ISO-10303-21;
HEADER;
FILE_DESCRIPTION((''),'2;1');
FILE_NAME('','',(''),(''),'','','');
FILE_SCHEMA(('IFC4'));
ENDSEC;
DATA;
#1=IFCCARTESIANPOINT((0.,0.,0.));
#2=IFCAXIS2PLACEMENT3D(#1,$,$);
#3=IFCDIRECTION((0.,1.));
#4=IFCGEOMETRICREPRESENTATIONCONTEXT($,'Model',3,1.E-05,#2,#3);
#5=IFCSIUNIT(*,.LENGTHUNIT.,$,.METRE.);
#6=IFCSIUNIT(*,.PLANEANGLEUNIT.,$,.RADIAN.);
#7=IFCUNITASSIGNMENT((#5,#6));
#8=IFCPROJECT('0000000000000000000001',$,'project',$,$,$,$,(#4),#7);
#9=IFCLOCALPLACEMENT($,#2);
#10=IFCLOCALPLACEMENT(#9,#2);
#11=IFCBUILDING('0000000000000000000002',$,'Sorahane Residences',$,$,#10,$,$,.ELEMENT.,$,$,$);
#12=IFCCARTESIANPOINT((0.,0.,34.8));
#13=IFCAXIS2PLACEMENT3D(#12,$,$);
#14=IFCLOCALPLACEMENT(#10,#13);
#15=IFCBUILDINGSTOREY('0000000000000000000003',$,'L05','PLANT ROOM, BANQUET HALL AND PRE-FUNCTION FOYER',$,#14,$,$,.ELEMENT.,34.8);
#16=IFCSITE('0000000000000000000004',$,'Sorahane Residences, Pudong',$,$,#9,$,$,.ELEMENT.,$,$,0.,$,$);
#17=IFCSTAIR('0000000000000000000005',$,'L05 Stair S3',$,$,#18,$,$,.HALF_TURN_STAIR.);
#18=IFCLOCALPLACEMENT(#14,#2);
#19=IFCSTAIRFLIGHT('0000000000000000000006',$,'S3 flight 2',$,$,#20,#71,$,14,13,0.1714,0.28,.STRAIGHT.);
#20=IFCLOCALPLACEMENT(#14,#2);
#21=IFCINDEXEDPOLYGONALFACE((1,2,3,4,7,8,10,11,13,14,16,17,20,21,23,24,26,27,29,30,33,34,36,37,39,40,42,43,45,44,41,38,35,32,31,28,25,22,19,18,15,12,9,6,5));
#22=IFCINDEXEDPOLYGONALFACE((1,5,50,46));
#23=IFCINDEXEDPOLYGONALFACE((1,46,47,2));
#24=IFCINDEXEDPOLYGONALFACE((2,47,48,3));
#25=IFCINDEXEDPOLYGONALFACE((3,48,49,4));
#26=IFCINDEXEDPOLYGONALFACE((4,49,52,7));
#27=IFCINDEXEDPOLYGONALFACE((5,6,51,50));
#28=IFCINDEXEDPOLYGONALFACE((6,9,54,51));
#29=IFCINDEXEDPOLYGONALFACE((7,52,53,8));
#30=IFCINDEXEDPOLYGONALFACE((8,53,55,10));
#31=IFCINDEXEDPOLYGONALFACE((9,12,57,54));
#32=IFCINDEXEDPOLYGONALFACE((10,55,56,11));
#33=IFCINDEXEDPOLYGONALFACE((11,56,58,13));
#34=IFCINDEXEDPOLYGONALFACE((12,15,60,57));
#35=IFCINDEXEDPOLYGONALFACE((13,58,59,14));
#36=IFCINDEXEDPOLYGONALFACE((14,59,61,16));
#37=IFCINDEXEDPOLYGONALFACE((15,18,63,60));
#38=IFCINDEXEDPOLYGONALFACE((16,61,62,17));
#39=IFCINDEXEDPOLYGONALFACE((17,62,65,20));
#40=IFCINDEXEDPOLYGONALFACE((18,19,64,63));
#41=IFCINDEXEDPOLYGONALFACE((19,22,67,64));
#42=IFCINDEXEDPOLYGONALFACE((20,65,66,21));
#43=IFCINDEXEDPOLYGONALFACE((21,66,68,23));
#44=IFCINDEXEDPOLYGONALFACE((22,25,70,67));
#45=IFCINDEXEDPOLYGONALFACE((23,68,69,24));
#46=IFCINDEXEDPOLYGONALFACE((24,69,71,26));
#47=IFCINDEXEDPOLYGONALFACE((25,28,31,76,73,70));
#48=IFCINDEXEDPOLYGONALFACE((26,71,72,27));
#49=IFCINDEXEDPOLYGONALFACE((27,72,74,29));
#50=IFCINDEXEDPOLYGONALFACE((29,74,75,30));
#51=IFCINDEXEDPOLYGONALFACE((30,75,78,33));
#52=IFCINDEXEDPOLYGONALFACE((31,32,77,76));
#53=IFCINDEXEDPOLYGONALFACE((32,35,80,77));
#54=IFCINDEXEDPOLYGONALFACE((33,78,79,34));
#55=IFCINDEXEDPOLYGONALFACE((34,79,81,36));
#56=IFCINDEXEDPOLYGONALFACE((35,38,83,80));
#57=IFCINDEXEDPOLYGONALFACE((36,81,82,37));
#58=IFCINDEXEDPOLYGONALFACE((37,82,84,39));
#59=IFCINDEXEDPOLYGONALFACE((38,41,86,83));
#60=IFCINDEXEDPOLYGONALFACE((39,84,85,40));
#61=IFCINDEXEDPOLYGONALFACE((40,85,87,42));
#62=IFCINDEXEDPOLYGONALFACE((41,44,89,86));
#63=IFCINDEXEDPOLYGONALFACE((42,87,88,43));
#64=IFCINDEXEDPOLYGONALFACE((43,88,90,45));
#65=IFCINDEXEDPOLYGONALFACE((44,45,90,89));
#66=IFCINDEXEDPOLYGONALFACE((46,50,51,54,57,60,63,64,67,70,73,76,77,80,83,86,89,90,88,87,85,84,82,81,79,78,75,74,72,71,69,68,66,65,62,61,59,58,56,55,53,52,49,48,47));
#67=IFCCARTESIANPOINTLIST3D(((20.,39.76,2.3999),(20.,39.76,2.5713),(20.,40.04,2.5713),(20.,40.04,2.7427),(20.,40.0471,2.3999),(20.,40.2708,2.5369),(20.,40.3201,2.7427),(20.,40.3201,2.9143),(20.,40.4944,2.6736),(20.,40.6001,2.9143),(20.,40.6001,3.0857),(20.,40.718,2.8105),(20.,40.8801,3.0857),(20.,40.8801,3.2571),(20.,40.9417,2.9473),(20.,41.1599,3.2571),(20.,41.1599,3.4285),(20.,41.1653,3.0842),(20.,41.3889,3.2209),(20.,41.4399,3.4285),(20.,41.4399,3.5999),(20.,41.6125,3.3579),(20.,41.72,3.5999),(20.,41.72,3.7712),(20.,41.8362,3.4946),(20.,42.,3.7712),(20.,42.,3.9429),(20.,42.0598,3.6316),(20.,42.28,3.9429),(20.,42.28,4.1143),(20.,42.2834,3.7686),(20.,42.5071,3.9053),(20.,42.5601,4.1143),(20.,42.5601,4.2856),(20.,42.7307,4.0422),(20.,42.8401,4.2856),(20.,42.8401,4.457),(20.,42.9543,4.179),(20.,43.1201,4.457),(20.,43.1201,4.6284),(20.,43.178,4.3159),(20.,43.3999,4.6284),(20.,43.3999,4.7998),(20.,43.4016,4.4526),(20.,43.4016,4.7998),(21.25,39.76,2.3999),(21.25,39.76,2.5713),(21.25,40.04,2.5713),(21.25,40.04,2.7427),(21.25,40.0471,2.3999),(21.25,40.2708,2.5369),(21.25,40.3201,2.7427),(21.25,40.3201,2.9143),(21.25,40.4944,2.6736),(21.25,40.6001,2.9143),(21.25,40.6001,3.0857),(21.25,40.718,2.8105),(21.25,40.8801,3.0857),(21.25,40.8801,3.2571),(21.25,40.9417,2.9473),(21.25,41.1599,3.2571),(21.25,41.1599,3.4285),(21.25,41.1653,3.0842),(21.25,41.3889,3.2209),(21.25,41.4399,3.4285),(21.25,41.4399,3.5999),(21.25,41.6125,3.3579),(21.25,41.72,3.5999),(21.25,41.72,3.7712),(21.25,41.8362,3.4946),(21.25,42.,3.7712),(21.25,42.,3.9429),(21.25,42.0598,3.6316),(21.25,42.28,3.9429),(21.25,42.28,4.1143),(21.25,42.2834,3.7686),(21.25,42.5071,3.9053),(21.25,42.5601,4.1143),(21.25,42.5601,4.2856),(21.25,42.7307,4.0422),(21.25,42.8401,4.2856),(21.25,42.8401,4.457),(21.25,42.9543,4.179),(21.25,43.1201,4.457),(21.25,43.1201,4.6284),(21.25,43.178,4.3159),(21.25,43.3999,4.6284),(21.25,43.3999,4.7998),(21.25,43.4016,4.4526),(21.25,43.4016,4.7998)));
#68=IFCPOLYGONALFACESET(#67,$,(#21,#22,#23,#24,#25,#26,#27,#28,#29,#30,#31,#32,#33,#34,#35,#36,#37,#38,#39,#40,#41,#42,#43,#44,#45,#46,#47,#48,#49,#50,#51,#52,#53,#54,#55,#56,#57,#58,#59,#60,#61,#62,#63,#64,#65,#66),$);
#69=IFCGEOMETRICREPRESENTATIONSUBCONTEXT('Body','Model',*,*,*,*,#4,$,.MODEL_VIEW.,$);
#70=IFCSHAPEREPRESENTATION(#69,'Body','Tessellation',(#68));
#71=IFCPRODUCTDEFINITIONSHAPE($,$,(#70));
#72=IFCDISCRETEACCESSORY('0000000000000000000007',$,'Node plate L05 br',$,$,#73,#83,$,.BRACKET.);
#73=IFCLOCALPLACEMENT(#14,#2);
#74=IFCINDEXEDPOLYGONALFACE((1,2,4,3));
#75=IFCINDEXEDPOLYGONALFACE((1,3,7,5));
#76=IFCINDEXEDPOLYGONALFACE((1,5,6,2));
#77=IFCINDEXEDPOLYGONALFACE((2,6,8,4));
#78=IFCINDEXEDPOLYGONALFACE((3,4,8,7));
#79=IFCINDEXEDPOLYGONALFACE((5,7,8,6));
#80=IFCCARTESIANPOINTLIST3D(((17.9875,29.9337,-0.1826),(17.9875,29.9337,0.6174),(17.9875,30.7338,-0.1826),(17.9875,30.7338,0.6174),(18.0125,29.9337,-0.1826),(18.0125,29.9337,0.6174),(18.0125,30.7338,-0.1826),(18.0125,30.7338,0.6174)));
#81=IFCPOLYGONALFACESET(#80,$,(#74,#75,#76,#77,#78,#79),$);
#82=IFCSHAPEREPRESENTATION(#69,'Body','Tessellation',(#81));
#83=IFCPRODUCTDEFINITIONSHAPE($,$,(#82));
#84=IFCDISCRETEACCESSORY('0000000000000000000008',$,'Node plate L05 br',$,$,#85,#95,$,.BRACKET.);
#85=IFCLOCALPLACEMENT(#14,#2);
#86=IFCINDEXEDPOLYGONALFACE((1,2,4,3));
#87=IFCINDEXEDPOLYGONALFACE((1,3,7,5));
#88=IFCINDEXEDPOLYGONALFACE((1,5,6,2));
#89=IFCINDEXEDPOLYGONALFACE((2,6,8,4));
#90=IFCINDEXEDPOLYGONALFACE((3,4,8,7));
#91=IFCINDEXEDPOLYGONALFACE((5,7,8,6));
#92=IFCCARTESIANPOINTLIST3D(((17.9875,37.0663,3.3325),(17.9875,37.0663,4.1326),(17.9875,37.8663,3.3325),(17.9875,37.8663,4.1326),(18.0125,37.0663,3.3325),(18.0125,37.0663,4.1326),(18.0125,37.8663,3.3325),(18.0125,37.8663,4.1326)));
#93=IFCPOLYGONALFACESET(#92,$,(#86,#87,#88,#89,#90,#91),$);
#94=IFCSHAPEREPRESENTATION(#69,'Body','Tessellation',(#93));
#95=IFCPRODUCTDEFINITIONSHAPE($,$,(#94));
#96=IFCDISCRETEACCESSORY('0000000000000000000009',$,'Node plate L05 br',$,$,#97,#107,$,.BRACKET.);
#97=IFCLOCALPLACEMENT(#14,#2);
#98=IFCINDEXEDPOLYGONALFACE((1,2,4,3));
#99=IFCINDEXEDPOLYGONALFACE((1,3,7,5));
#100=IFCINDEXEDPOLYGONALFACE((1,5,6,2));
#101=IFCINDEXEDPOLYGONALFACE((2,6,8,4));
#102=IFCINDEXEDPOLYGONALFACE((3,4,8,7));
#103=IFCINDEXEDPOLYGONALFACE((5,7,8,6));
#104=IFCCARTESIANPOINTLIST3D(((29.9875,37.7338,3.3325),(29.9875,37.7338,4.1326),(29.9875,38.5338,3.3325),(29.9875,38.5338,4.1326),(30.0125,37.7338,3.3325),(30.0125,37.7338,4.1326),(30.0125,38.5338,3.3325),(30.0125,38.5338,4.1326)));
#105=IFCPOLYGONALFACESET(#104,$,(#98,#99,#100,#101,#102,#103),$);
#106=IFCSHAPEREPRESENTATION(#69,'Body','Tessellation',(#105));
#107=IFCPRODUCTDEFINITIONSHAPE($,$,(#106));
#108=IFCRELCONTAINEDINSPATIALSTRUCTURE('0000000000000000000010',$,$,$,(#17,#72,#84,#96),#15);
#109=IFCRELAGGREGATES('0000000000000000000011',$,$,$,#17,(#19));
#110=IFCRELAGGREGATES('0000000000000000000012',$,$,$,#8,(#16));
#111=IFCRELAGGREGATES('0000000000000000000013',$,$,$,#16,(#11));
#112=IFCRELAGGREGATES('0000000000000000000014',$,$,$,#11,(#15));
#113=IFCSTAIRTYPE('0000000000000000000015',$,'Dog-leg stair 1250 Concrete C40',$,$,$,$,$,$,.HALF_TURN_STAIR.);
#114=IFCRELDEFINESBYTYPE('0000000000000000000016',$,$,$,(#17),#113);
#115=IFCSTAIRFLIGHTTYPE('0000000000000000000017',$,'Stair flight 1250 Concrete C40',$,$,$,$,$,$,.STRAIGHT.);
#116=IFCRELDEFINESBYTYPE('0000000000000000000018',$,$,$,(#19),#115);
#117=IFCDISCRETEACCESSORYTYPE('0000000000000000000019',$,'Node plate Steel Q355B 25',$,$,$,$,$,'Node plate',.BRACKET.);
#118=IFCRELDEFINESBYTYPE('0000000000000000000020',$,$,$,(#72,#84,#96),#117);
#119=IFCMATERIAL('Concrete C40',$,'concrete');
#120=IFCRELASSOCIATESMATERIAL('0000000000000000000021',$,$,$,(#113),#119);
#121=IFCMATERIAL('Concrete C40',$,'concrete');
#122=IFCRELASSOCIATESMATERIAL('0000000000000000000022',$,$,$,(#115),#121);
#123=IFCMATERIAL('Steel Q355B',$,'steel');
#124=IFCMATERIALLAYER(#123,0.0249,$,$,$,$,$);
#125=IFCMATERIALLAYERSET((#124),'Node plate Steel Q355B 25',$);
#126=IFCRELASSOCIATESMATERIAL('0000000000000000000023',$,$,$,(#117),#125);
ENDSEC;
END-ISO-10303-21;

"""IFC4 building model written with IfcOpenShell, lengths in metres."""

from ifc_helpers import new_model, si_unit, direction, frame, origin, origin_2d, place, context, subcontext, project, spatial, polyline, rectangle, outline, extrude, material, layer, layer_set, type_object, element, aggregate, save


model = new_model("IFC4")

# Units and contexts
model_context = context("Model", 3, precision=1e-05, world=origin(), true_north=direction((0.0, 1.0)))
body_context = subcontext(model_context, "Body", "Model", "MODEL_VIEW")
ifc_project = project(units=[si_unit("LENGTHUNIT", "METRE"), si_unit("PLANEANGLEUNIT", "RADIAN")], contexts=[model_context])

# Site, building, storey
site_placement = place(None, origin())
site = spatial("IfcSite", under=ifc_project, at=site_placement, Name="Sorahane Residences, Pudong", CompositionType="ELEMENT", RefElevation=0.0)
building_placement = place(site_placement, origin())
building = spatial("IfcBuilding", under=site, at=building_placement, Name="Sorahane Residences", CompositionType="ELEMENT")
storey_placement = place(building_placement, frame((0.0, 0.0, 34.8)))
storey = spatial("IfcBuildingStorey", under=building, at=storey_placement, Name="L05", Description="PLANT ROOM, BANQUET HALL AND PRE-FUNCTION FOYER", CompositionType="ELEMENT", Elevation=34.8)

# Stair, stair flight
ifc_material_1 = material(Name="Concrete C40", Category="concrete")
stair_type = type_object("IfcStairType", Name="Dog-leg stair 1250 Concrete C40", PredefinedType="HALF_TURN_STAIR", material=ifc_material_1)
stair_placement = place(storey_placement, origin())
stair = element("IfcStair", 1, at=stair_placement, inside=storey, type_object=stair_type, Name="L05 Stair S3", PredefinedType="HALF_TURN_STAIR")
ifc_material_2 = material(Name="Concrete C40", Category="concrete")
stair_flight_type = type_object("IfcStairFlightType", Name="Stair flight 1250 Concrete C40", PredefinedType="STRAIGHT", material=ifc_material_2)
stair_flight_placement = place(storey_placement, frame((20.625, 39.76, 2.3999), z_axis=(0.0, 0.0, 1.0), x_axis=(0.0, 1.0, 0.0)))
stair_flight = element("IfcStairFlight", 2, at=stair_flight_placement, type_object=stair_flight_type, Name="S3 flight 2", NumberOfRisers=14, NumberOfTreads=13, PredefinedType="STRAIGHT", RiserHeight=0.1714, TreadLength=0.28, context=body_context, shape_type="SweptSolid", body=[
    extrude(outline(polyline([(0.0, 0.0), (0.0, 0.1714), (0.28, 0.1714), (0.28, 0.3428), (0.5601, 0.3428), (0.5601, 0.5144), (0.8401, 0.5144), (0.8401, 0.6858), (1.1201, 0.6858), (1.1201, 0.8572), (1.3999, 0.8572), (1.3999, 1.0286), (1.6799, 1.0286), (1.6799, 1.2), (1.96, 1.2), (1.96, 1.3713), (2.24, 1.3713), (2.24, 1.543), (2.52, 1.543), (2.52, 1.7144), (2.8, 1.7144), (2.8, 1.8857), (3.0801, 1.8857), (3.0801, 2.0571), (3.3601, 2.0571), (3.3601, 2.2285), (3.6399, 2.2285), (3.6399, 2.3999), (3.6416, 2.3999), (3.6416, 2.0527), (3.418, 1.916), (3.1943, 1.7791), (2.9707, 1.6423), (2.7471, 1.5054), (2.5234, 1.3687), (2.2998, 1.2317), (2.0762, 1.0947), (1.8525, 0.958), (1.6289, 0.821), (1.4053, 0.6843), (1.1816, 0.5474), (0.958, 0.4106), (0.7344, 0.2737), (0.5107, 0.137), (0.2871, 0.0), (0.0, 0.0)])), frame((0.0, 0.625, 0.0), z_axis=(0.0, -1.0, 0.0), x_axis=(1.0, 0.0, 0.0)), (0.0, 0.0, 1.0), 1.25),
])
aggregate(stair, [stair_flight])

# Discrete accessories
ifc_material_3 = material(Name="Steel Q355B", Category="steel")
ifc_layer_1 = layer(ifc_material_3, 0.0249)
ifc_layer_set_1 = layer_set([ifc_layer_1], Name="Node plate Steel Q355B 25")
discrete_accessory_type = type_object("IfcDiscreteAccessoryType", Name="Node plate Steel Q355B 25", ElementType="Node plate", PredefinedType="BRACKET", material=ifc_layer_set_1)
for number, where, z_axis, x_axis, name in (
    (3, (18.0, 30.3337, -0.1826), (0.0, 0.0, 1.0), (0.0, 1.0, 0.0), "Node plate L05 br"),
    (4, (18.0, 37.4663, 3.3325), (0.0, 0.0, 1.0), (0.0, 1.0, 0.0), "Node plate L05 br"),
    (5, (30.0, 38.1338, 3.3325), (0.0, 0.0, 1.0), (0.0, 1.0, 0.0), "Node plate L05 br"),
):
    element("IfcDiscreteAccessory", number, at=place(storey_placement, frame(where, z_axis=z_axis, x_axis=x_axis)), inside=storey, type_object=discrete_accessory_type, Name=name, PredefinedType="BRACKET", context=body_context, shape_type="SweptSolid", body=[
        extrude(rectangle(XDim=0.8, YDim=0.0249, at=origin_2d()), origin(), (0.0, 0.0, 1.0), 0.8),
    ])

save(model, "model.ifc")
